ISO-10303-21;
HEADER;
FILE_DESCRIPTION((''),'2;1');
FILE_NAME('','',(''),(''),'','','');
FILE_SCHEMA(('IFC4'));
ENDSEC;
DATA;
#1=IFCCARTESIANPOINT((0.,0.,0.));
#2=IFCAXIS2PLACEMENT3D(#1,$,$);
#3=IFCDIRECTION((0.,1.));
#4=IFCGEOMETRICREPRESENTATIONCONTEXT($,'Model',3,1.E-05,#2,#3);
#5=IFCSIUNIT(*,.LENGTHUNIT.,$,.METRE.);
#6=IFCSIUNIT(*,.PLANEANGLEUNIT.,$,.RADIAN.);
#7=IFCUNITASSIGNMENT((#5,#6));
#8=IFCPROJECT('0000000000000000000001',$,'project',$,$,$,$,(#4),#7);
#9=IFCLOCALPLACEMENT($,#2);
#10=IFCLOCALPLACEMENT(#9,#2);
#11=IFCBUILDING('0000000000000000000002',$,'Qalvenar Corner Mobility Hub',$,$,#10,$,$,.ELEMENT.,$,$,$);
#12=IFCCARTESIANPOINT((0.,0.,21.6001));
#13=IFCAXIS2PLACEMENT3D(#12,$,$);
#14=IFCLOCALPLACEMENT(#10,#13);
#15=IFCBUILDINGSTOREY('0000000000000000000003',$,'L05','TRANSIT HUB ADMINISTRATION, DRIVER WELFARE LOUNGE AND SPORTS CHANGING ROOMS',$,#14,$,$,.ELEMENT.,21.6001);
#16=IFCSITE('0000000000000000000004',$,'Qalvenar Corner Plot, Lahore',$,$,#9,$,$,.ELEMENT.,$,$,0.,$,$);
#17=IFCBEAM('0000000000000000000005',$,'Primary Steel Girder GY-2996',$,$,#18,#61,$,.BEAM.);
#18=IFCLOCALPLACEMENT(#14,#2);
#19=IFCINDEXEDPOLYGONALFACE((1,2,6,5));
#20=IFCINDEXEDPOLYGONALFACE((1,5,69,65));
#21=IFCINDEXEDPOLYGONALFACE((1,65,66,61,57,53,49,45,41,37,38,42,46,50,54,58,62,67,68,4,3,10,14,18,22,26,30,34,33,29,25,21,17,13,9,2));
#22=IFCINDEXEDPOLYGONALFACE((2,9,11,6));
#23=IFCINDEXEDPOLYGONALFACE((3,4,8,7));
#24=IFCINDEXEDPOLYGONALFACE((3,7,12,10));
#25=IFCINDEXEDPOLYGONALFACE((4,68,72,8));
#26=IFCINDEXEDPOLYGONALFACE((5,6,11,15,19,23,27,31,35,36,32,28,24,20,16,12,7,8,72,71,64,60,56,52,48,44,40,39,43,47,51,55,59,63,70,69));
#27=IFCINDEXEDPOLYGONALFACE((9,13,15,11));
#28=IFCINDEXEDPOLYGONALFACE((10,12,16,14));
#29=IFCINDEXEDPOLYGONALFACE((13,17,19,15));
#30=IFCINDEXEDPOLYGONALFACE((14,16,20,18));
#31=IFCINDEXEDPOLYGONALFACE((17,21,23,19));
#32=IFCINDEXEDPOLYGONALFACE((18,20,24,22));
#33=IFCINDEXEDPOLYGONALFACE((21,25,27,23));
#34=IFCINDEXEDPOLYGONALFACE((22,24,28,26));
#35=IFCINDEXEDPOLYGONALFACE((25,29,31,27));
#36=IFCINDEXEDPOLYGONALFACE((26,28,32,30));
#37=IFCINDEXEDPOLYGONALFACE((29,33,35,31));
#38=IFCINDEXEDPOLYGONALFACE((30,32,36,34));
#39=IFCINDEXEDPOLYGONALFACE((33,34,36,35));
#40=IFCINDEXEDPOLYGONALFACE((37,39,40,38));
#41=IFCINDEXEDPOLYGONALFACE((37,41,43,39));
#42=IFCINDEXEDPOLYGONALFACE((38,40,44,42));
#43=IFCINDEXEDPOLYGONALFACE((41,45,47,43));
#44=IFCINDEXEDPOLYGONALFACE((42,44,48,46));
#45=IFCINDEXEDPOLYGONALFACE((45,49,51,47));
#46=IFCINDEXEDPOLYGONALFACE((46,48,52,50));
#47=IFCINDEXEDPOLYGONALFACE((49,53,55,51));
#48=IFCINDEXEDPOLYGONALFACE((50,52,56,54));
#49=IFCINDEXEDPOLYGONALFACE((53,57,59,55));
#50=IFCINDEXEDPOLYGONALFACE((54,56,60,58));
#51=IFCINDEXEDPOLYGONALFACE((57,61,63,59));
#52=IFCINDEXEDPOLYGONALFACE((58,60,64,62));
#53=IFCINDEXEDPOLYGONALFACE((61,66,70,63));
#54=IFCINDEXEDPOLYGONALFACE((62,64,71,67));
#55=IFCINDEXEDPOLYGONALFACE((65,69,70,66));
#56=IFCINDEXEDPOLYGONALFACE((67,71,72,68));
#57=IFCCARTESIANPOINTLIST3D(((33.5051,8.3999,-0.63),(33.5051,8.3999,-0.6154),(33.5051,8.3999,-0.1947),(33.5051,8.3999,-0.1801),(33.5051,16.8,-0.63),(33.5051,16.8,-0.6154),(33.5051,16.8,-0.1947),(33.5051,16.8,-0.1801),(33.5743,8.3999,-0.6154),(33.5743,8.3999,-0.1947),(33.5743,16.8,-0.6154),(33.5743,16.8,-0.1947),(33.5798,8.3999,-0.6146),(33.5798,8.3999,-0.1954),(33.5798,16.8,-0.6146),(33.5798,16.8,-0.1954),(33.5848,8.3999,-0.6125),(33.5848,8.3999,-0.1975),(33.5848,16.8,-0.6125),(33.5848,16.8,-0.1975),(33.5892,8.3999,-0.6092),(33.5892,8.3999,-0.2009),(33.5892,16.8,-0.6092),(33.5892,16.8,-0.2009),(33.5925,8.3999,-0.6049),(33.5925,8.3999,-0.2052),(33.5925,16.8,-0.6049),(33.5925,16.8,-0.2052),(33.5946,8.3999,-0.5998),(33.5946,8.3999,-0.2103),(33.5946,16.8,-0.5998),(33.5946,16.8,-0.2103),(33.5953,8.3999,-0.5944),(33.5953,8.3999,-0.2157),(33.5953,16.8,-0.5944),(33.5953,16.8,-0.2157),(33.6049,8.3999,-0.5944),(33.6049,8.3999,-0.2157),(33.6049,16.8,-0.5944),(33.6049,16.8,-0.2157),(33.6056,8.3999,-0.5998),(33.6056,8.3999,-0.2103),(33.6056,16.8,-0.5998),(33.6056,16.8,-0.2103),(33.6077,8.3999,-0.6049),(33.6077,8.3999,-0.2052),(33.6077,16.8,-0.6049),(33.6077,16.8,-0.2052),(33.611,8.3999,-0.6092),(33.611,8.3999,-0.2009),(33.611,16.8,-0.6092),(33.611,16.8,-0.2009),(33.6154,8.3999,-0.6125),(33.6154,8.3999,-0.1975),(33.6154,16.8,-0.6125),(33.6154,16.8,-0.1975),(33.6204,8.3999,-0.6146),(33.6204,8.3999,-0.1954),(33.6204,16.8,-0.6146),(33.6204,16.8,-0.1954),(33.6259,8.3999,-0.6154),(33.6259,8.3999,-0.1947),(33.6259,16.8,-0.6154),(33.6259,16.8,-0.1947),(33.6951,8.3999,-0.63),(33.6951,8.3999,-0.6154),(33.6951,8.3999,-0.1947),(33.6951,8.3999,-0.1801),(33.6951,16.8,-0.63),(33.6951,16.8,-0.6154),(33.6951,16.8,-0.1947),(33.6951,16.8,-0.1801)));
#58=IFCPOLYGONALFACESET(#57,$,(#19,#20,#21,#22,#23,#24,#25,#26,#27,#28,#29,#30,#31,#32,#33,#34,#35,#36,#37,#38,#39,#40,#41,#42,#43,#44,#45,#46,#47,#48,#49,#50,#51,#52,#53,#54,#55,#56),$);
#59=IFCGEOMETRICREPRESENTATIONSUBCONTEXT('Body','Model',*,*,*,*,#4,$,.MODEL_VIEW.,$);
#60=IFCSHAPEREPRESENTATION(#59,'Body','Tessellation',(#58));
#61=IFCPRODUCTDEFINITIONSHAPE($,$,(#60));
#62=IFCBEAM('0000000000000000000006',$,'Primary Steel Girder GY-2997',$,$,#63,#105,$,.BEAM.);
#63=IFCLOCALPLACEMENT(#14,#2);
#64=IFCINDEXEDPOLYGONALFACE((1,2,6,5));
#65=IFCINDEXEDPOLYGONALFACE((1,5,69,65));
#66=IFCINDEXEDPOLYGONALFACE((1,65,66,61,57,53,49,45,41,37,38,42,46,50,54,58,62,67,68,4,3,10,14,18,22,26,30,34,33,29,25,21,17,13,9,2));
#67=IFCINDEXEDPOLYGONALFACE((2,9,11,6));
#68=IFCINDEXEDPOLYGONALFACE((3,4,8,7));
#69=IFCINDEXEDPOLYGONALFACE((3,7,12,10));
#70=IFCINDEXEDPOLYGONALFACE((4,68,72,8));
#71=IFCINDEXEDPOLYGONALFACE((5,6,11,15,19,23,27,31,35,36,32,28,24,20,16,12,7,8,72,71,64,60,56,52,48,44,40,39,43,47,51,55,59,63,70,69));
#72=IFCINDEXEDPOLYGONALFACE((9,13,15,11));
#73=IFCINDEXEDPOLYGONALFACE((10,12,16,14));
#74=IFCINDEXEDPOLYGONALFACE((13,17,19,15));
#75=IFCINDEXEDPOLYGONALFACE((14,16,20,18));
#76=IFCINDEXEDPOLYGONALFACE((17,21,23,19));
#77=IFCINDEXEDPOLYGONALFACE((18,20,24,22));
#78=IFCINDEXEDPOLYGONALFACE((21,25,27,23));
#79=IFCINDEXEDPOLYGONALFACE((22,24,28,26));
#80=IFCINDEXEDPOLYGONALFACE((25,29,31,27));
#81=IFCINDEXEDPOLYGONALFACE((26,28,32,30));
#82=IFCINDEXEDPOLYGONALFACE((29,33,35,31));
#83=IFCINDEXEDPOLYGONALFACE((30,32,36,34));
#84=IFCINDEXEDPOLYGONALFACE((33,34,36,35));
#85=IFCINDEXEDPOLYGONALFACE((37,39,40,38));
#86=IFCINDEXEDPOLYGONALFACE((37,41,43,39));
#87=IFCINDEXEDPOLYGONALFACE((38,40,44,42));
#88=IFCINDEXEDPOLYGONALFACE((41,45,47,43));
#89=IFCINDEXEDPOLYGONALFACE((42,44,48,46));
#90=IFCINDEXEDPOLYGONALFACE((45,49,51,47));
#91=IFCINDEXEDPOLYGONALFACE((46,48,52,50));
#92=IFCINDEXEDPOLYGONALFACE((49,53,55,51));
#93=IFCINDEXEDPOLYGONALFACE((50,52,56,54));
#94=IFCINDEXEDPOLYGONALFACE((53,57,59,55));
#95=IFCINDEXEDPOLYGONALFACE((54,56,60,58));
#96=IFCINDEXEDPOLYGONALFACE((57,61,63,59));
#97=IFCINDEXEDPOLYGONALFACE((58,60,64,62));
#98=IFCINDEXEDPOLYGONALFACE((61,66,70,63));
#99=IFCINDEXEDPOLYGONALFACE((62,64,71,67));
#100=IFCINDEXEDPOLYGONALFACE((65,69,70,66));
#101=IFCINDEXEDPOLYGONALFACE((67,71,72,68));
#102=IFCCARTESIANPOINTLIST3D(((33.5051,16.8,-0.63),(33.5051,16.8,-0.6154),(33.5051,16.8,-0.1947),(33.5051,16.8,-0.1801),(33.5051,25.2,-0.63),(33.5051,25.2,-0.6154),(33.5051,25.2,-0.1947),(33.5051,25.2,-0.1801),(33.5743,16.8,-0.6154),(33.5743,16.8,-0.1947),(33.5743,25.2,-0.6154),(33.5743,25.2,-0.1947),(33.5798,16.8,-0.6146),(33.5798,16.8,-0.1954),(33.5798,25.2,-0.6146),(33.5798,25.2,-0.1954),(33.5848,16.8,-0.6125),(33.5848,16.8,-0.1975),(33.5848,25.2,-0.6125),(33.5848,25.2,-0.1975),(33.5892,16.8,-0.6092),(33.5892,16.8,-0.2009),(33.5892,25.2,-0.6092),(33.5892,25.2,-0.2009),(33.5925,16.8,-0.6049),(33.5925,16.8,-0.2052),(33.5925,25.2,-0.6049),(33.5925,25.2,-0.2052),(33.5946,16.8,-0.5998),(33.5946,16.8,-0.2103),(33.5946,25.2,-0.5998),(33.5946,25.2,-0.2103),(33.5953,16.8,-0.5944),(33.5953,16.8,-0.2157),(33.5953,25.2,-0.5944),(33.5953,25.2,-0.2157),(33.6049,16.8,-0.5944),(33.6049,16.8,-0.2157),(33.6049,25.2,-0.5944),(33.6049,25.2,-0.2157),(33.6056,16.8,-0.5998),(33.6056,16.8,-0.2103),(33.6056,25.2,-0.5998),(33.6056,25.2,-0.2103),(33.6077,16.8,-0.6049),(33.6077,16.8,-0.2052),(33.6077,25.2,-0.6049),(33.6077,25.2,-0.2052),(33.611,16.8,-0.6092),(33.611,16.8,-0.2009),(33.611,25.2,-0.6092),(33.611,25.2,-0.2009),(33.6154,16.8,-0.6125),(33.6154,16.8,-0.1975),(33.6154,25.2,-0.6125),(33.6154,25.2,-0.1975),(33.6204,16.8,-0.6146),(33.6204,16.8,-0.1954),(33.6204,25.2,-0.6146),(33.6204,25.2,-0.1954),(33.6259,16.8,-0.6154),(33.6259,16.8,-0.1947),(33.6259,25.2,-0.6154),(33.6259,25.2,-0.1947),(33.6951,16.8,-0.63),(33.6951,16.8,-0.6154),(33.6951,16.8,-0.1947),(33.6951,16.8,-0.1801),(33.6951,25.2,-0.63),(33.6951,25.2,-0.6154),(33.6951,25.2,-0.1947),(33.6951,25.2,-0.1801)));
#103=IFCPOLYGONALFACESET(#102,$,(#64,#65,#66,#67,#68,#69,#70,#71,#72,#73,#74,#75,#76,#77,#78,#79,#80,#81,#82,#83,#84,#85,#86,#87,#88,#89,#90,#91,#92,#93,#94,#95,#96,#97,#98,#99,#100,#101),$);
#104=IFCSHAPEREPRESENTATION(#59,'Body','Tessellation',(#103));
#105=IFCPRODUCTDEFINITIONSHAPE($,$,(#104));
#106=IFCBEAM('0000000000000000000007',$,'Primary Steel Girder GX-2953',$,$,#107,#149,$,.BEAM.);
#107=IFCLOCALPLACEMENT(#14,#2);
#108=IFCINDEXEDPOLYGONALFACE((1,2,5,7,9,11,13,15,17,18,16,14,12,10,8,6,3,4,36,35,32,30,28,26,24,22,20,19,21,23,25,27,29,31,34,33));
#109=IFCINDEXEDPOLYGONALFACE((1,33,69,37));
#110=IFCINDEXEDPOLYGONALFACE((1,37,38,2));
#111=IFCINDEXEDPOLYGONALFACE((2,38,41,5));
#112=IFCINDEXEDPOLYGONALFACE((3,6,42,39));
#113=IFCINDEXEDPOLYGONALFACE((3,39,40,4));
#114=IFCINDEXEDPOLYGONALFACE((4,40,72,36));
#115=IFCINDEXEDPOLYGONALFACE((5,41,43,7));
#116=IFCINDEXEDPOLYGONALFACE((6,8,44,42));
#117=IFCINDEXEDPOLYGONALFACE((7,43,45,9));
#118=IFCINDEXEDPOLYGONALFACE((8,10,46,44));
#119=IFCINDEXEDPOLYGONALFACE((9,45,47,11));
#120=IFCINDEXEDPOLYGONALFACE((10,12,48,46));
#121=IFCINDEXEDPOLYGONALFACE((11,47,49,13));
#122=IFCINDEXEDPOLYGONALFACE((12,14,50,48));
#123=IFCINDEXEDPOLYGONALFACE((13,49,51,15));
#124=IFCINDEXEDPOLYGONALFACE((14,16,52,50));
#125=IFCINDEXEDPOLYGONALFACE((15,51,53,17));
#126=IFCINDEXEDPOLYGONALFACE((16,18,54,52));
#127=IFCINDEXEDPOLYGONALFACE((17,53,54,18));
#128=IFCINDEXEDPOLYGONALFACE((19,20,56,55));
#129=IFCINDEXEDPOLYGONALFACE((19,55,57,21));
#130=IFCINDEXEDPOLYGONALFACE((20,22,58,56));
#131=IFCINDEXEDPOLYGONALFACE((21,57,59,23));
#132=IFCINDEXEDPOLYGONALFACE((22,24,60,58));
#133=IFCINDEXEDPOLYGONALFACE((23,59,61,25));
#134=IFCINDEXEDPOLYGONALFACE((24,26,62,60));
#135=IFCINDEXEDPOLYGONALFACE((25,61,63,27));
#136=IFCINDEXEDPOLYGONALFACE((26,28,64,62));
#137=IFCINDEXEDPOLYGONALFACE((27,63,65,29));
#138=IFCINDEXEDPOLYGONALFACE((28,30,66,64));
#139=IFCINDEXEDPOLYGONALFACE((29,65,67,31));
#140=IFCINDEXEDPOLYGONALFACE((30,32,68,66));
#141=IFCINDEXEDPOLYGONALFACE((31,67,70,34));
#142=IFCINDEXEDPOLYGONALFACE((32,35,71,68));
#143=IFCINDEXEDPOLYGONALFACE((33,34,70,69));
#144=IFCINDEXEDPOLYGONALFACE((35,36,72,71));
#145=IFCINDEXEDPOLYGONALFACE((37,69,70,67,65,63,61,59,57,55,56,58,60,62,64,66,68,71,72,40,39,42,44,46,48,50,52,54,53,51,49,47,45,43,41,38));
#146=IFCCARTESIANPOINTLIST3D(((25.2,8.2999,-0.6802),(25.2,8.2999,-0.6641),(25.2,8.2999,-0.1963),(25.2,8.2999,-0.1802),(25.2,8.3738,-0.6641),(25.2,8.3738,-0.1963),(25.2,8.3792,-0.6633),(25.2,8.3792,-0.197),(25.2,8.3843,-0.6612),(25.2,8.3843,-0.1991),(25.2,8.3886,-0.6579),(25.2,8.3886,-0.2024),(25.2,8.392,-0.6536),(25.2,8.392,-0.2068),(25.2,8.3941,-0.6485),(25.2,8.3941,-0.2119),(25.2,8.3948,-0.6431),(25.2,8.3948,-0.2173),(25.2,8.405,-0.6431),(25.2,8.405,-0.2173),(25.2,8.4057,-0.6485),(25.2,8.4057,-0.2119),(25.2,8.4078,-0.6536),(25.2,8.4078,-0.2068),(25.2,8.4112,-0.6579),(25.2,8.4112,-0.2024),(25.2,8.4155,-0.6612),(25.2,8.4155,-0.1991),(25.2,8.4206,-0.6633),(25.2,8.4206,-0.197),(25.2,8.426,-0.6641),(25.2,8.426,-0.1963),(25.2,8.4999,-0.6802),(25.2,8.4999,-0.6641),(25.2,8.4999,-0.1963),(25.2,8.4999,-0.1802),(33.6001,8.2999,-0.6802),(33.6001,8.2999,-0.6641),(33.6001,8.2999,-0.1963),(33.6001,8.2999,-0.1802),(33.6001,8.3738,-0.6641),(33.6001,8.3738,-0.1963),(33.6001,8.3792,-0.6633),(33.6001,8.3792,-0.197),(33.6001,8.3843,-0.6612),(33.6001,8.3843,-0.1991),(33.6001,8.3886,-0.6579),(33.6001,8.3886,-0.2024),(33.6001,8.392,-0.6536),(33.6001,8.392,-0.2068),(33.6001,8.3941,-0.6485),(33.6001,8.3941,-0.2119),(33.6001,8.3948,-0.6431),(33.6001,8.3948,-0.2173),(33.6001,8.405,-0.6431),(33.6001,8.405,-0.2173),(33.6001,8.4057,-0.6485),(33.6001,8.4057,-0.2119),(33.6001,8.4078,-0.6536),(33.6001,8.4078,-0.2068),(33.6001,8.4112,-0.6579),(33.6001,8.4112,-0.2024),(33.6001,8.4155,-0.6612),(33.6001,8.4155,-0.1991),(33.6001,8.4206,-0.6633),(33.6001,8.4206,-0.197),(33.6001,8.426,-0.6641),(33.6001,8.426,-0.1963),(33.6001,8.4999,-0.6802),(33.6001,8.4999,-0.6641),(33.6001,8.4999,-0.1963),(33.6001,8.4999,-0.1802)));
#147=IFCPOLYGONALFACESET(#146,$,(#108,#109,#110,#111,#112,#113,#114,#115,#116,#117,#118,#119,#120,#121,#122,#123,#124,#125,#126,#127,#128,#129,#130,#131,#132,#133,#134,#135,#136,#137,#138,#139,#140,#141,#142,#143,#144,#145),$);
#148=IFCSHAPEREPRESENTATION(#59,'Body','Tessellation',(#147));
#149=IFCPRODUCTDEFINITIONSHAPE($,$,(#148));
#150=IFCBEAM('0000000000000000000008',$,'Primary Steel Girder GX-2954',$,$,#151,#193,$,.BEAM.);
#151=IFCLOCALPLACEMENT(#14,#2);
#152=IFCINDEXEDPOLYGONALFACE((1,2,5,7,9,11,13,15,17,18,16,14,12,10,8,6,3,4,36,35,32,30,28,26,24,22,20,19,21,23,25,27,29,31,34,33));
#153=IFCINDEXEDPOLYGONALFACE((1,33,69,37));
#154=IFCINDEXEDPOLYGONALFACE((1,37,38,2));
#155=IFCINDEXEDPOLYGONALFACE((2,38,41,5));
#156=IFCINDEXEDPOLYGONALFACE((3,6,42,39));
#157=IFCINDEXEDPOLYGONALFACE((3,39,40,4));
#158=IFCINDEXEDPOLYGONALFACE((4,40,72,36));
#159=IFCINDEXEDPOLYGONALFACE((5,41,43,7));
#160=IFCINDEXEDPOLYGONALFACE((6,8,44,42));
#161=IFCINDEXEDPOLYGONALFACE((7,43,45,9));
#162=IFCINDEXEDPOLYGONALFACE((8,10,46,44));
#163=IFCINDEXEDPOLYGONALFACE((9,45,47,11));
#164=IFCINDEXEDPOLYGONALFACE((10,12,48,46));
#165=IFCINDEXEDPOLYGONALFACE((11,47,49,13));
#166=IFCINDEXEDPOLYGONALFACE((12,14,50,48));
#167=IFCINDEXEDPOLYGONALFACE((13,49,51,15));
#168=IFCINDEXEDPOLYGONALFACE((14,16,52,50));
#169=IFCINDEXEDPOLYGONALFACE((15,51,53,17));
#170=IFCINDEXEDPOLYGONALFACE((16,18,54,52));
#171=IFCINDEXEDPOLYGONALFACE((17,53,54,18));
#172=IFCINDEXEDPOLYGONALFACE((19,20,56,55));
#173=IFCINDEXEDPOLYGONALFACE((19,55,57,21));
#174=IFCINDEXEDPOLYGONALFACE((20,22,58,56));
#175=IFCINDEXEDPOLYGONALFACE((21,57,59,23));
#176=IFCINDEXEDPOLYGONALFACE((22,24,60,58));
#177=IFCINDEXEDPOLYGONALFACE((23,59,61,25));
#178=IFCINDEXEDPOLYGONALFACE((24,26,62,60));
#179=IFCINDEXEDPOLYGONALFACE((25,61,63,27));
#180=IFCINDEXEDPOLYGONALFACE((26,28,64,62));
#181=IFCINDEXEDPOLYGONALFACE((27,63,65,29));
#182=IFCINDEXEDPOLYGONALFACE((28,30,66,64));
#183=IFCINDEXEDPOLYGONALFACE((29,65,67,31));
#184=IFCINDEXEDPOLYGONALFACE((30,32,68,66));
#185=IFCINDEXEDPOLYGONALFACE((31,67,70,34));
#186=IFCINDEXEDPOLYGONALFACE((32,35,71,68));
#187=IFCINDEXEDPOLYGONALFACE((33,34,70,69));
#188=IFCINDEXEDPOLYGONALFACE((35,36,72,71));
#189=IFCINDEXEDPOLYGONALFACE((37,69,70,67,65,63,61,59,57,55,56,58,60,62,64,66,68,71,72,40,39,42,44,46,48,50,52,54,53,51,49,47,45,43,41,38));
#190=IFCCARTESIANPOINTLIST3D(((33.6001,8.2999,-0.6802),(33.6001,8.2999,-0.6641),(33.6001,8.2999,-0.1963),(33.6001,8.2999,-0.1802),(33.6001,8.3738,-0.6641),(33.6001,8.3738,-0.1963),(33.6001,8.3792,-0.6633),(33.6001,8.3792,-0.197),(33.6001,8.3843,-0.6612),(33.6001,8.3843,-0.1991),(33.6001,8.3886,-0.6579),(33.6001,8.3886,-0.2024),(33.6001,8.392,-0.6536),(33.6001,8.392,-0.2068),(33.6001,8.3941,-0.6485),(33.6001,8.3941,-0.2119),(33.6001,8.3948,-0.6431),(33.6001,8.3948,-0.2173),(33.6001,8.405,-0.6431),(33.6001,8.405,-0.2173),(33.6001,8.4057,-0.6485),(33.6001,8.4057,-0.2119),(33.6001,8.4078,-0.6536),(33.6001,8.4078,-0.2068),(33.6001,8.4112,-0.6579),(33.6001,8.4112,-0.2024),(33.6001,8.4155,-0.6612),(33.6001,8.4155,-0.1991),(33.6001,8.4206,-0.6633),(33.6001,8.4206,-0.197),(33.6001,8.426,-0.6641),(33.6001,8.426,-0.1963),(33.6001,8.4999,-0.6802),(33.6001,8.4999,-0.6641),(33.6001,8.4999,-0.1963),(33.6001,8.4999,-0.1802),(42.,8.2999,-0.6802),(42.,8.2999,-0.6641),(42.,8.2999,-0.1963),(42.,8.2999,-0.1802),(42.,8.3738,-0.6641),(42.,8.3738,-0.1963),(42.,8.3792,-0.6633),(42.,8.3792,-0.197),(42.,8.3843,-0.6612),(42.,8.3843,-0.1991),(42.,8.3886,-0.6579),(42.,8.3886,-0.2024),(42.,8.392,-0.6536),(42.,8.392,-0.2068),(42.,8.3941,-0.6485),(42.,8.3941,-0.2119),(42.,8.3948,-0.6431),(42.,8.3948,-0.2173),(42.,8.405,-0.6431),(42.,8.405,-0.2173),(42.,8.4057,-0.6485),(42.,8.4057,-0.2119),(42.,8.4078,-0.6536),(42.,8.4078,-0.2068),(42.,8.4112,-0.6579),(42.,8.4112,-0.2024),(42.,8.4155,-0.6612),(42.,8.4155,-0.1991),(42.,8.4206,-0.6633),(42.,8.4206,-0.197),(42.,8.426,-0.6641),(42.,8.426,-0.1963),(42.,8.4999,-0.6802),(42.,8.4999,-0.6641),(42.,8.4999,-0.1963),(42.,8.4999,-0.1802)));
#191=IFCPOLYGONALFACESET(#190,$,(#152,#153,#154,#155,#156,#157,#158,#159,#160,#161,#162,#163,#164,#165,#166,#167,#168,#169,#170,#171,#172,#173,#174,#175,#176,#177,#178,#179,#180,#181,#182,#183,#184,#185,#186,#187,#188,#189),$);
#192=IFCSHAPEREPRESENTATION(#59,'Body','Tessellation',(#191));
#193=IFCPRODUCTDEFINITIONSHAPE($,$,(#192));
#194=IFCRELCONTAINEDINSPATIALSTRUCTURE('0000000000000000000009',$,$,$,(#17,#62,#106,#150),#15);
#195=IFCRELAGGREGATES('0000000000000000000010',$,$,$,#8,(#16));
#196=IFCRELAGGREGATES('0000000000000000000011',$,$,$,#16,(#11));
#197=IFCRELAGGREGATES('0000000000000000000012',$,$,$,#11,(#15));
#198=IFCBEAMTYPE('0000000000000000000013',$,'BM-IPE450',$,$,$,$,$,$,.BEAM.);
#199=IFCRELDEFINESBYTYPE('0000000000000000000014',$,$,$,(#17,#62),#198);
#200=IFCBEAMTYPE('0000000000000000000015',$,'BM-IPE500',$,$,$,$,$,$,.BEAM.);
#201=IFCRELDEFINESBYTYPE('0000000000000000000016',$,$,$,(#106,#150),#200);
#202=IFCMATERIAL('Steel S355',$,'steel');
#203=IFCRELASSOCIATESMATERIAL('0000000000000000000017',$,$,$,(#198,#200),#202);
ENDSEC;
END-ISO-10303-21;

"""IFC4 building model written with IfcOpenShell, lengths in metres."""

from ifc_helpers import new_model, si_unit, direction, frame, origin, origin_2d, place, context, subcontext, project, spatial, i_section, extrude, material, material_profile, profile_set, type_object, element, save


model = new_model("IFC4")

# Units and contexts
model_context = context("Model", 3, precision=1e-05, world=origin(), true_north=direction((0.0, 1.0)))
body_context = subcontext(model_context, "Body", "Model", "MODEL_VIEW")
ifc_project = project(units=[si_unit("LENGTHUNIT", "METRE"), si_unit("PLANEANGLEUNIT", "RADIAN")], contexts=[model_context])

# Site, building, storey
site_placement = place(None, origin())
site = spatial("IfcSite", under=ifc_project, at=site_placement, Name="Qalvenar Corner Plot, Lahore", CompositionType="ELEMENT", RefElevation=0.0)
building_placement = place(site_placement, origin())
building = spatial("IfcBuilding", under=site, at=building_placement, Name="Qalvenar Corner Mobility Hub", CompositionType="ELEMENT")
storey_placement = place(building_placement, frame((0.0, 0.0, 21.6001)))
storey = spatial("IfcBuildingStorey", under=building, at=storey_placement, Name="L05", Description="TRANSIT HUB ADMINISTRATION, DRIVER WELFARE LOUNGE AND SPORTS CHANGING ROOMS", CompositionType="ELEMENT", Elevation=21.6001)

# Shared definitions
ifc_material_1 = material(Name="Steel S355", Category="steel")

# Beams
ifc_material_profile_1 = material_profile(ifc_material_1, i_section(OverallWidth=0.1899, OverallDepth=0.45, WebThickness=0.0095, FlangeThickness=0.0146, FilletRadius=0.021, at=origin_2d()), Name="IPE450")
ifc_profile_set_1 = profile_set([ifc_material_profile_1], Name="Steel S355")
beam_type_1 = type_object("IfcBeamType", Name="BM-IPE450", PredefinedType="BEAM", material=ifc_profile_set_1)
beam_1_placement = place(storey_placement, frame((33.6001, 8.3999, -0.405), z_axis=(0.0, 1.0, 0.0), x_axis=(-1.0, 0.0, 0.0)))
element("IfcBeam", 1, at=beam_1_placement, inside=storey, type_object=beam_type_1, Name="Primary Steel Girder GY-2996", PredefinedType="BEAM", context=body_context, shape_type="SweptSolid", body=[
    extrude(i_section(OverallWidth=0.1899, OverallDepth=0.45, WebThickness=0.0095, FlangeThickness=0.0146, FilletRadius=0.021, at=origin_2d()), origin(), (0.0, 0.0, 1.0), 8.4001),
])
beam_2_placement = place(storey_placement, frame((33.6001, 16.8, -0.405), z_axis=(0.0, 1.0, 0.0), x_axis=(-1.0, 0.0, 0.0)))
element("IfcBeam", 2, at=beam_2_placement, inside=storey, type_object=beam_type_1, Name="Primary Steel Girder GY-2997", PredefinedType="BEAM", context=body_context, shape_type="SweptSolid", body=[
    extrude(i_section(OverallWidth=0.1899, OverallDepth=0.45, WebThickness=0.0095, FlangeThickness=0.0146, FilletRadius=0.021, at=origin_2d()), origin(), (0.0, 0.0, 1.0), 8.3999),
])
ifc_material_profile_2 = material_profile(ifc_material_1, i_section(OverallWidth=0.2, OverallDepth=0.5, WebThickness=0.0103, FlangeThickness=0.0161, FilletRadius=0.021, at=origin_2d()), Name="IPE500")
ifc_profile_set_2 = profile_set([ifc_material_profile_2], Name="Steel S355")
beam_type_2 = type_object("IfcBeamType", Name="BM-IPE500", PredefinedType="BEAM", material=ifc_profile_set_2)
beam_3_placement = place(storey_placement, frame((25.2, 8.3999, -0.4302), z_axis=(1.0, 0.0, 0.0), x_axis=(0.0, 1.0, 0.0)))
element("IfcBeam", 3, at=beam_3_placement, inside=storey, type_object=beam_type_2, Name="Primary Steel Girder GX-2953", PredefinedType="BEAM", context=body_context, shape_type="SweptSolid", body=[
    extrude(i_section(OverallWidth=0.2, OverallDepth=0.5, WebThickness=0.0103, FlangeThickness=0.0161, FilletRadius=0.021, at=origin_2d()), origin(), (0.0, 0.0, 1.0), 8.4001),
])
beam_4_placement = place(storey_placement, frame((33.6001, 8.3999, -0.4302), z_axis=(1.0, 0.0, 0.0), x_axis=(0.0, 1.0, 0.0)))
element("IfcBeam", 4, at=beam_4_placement, inside=storey, type_object=beam_type_2, Name="Primary Steel Girder GX-2954", PredefinedType="BEAM", context=body_context, shape_type="SweptSolid", body=[
    extrude(i_section(OverallWidth=0.2, OverallDepth=0.5, WebThickness=0.0103, FlangeThickness=0.0161, FilletRadius=0.021, at=origin_2d()), origin(), (0.0, 0.0, 1.0), 8.3999),
])

save(model, "model.ifc")
